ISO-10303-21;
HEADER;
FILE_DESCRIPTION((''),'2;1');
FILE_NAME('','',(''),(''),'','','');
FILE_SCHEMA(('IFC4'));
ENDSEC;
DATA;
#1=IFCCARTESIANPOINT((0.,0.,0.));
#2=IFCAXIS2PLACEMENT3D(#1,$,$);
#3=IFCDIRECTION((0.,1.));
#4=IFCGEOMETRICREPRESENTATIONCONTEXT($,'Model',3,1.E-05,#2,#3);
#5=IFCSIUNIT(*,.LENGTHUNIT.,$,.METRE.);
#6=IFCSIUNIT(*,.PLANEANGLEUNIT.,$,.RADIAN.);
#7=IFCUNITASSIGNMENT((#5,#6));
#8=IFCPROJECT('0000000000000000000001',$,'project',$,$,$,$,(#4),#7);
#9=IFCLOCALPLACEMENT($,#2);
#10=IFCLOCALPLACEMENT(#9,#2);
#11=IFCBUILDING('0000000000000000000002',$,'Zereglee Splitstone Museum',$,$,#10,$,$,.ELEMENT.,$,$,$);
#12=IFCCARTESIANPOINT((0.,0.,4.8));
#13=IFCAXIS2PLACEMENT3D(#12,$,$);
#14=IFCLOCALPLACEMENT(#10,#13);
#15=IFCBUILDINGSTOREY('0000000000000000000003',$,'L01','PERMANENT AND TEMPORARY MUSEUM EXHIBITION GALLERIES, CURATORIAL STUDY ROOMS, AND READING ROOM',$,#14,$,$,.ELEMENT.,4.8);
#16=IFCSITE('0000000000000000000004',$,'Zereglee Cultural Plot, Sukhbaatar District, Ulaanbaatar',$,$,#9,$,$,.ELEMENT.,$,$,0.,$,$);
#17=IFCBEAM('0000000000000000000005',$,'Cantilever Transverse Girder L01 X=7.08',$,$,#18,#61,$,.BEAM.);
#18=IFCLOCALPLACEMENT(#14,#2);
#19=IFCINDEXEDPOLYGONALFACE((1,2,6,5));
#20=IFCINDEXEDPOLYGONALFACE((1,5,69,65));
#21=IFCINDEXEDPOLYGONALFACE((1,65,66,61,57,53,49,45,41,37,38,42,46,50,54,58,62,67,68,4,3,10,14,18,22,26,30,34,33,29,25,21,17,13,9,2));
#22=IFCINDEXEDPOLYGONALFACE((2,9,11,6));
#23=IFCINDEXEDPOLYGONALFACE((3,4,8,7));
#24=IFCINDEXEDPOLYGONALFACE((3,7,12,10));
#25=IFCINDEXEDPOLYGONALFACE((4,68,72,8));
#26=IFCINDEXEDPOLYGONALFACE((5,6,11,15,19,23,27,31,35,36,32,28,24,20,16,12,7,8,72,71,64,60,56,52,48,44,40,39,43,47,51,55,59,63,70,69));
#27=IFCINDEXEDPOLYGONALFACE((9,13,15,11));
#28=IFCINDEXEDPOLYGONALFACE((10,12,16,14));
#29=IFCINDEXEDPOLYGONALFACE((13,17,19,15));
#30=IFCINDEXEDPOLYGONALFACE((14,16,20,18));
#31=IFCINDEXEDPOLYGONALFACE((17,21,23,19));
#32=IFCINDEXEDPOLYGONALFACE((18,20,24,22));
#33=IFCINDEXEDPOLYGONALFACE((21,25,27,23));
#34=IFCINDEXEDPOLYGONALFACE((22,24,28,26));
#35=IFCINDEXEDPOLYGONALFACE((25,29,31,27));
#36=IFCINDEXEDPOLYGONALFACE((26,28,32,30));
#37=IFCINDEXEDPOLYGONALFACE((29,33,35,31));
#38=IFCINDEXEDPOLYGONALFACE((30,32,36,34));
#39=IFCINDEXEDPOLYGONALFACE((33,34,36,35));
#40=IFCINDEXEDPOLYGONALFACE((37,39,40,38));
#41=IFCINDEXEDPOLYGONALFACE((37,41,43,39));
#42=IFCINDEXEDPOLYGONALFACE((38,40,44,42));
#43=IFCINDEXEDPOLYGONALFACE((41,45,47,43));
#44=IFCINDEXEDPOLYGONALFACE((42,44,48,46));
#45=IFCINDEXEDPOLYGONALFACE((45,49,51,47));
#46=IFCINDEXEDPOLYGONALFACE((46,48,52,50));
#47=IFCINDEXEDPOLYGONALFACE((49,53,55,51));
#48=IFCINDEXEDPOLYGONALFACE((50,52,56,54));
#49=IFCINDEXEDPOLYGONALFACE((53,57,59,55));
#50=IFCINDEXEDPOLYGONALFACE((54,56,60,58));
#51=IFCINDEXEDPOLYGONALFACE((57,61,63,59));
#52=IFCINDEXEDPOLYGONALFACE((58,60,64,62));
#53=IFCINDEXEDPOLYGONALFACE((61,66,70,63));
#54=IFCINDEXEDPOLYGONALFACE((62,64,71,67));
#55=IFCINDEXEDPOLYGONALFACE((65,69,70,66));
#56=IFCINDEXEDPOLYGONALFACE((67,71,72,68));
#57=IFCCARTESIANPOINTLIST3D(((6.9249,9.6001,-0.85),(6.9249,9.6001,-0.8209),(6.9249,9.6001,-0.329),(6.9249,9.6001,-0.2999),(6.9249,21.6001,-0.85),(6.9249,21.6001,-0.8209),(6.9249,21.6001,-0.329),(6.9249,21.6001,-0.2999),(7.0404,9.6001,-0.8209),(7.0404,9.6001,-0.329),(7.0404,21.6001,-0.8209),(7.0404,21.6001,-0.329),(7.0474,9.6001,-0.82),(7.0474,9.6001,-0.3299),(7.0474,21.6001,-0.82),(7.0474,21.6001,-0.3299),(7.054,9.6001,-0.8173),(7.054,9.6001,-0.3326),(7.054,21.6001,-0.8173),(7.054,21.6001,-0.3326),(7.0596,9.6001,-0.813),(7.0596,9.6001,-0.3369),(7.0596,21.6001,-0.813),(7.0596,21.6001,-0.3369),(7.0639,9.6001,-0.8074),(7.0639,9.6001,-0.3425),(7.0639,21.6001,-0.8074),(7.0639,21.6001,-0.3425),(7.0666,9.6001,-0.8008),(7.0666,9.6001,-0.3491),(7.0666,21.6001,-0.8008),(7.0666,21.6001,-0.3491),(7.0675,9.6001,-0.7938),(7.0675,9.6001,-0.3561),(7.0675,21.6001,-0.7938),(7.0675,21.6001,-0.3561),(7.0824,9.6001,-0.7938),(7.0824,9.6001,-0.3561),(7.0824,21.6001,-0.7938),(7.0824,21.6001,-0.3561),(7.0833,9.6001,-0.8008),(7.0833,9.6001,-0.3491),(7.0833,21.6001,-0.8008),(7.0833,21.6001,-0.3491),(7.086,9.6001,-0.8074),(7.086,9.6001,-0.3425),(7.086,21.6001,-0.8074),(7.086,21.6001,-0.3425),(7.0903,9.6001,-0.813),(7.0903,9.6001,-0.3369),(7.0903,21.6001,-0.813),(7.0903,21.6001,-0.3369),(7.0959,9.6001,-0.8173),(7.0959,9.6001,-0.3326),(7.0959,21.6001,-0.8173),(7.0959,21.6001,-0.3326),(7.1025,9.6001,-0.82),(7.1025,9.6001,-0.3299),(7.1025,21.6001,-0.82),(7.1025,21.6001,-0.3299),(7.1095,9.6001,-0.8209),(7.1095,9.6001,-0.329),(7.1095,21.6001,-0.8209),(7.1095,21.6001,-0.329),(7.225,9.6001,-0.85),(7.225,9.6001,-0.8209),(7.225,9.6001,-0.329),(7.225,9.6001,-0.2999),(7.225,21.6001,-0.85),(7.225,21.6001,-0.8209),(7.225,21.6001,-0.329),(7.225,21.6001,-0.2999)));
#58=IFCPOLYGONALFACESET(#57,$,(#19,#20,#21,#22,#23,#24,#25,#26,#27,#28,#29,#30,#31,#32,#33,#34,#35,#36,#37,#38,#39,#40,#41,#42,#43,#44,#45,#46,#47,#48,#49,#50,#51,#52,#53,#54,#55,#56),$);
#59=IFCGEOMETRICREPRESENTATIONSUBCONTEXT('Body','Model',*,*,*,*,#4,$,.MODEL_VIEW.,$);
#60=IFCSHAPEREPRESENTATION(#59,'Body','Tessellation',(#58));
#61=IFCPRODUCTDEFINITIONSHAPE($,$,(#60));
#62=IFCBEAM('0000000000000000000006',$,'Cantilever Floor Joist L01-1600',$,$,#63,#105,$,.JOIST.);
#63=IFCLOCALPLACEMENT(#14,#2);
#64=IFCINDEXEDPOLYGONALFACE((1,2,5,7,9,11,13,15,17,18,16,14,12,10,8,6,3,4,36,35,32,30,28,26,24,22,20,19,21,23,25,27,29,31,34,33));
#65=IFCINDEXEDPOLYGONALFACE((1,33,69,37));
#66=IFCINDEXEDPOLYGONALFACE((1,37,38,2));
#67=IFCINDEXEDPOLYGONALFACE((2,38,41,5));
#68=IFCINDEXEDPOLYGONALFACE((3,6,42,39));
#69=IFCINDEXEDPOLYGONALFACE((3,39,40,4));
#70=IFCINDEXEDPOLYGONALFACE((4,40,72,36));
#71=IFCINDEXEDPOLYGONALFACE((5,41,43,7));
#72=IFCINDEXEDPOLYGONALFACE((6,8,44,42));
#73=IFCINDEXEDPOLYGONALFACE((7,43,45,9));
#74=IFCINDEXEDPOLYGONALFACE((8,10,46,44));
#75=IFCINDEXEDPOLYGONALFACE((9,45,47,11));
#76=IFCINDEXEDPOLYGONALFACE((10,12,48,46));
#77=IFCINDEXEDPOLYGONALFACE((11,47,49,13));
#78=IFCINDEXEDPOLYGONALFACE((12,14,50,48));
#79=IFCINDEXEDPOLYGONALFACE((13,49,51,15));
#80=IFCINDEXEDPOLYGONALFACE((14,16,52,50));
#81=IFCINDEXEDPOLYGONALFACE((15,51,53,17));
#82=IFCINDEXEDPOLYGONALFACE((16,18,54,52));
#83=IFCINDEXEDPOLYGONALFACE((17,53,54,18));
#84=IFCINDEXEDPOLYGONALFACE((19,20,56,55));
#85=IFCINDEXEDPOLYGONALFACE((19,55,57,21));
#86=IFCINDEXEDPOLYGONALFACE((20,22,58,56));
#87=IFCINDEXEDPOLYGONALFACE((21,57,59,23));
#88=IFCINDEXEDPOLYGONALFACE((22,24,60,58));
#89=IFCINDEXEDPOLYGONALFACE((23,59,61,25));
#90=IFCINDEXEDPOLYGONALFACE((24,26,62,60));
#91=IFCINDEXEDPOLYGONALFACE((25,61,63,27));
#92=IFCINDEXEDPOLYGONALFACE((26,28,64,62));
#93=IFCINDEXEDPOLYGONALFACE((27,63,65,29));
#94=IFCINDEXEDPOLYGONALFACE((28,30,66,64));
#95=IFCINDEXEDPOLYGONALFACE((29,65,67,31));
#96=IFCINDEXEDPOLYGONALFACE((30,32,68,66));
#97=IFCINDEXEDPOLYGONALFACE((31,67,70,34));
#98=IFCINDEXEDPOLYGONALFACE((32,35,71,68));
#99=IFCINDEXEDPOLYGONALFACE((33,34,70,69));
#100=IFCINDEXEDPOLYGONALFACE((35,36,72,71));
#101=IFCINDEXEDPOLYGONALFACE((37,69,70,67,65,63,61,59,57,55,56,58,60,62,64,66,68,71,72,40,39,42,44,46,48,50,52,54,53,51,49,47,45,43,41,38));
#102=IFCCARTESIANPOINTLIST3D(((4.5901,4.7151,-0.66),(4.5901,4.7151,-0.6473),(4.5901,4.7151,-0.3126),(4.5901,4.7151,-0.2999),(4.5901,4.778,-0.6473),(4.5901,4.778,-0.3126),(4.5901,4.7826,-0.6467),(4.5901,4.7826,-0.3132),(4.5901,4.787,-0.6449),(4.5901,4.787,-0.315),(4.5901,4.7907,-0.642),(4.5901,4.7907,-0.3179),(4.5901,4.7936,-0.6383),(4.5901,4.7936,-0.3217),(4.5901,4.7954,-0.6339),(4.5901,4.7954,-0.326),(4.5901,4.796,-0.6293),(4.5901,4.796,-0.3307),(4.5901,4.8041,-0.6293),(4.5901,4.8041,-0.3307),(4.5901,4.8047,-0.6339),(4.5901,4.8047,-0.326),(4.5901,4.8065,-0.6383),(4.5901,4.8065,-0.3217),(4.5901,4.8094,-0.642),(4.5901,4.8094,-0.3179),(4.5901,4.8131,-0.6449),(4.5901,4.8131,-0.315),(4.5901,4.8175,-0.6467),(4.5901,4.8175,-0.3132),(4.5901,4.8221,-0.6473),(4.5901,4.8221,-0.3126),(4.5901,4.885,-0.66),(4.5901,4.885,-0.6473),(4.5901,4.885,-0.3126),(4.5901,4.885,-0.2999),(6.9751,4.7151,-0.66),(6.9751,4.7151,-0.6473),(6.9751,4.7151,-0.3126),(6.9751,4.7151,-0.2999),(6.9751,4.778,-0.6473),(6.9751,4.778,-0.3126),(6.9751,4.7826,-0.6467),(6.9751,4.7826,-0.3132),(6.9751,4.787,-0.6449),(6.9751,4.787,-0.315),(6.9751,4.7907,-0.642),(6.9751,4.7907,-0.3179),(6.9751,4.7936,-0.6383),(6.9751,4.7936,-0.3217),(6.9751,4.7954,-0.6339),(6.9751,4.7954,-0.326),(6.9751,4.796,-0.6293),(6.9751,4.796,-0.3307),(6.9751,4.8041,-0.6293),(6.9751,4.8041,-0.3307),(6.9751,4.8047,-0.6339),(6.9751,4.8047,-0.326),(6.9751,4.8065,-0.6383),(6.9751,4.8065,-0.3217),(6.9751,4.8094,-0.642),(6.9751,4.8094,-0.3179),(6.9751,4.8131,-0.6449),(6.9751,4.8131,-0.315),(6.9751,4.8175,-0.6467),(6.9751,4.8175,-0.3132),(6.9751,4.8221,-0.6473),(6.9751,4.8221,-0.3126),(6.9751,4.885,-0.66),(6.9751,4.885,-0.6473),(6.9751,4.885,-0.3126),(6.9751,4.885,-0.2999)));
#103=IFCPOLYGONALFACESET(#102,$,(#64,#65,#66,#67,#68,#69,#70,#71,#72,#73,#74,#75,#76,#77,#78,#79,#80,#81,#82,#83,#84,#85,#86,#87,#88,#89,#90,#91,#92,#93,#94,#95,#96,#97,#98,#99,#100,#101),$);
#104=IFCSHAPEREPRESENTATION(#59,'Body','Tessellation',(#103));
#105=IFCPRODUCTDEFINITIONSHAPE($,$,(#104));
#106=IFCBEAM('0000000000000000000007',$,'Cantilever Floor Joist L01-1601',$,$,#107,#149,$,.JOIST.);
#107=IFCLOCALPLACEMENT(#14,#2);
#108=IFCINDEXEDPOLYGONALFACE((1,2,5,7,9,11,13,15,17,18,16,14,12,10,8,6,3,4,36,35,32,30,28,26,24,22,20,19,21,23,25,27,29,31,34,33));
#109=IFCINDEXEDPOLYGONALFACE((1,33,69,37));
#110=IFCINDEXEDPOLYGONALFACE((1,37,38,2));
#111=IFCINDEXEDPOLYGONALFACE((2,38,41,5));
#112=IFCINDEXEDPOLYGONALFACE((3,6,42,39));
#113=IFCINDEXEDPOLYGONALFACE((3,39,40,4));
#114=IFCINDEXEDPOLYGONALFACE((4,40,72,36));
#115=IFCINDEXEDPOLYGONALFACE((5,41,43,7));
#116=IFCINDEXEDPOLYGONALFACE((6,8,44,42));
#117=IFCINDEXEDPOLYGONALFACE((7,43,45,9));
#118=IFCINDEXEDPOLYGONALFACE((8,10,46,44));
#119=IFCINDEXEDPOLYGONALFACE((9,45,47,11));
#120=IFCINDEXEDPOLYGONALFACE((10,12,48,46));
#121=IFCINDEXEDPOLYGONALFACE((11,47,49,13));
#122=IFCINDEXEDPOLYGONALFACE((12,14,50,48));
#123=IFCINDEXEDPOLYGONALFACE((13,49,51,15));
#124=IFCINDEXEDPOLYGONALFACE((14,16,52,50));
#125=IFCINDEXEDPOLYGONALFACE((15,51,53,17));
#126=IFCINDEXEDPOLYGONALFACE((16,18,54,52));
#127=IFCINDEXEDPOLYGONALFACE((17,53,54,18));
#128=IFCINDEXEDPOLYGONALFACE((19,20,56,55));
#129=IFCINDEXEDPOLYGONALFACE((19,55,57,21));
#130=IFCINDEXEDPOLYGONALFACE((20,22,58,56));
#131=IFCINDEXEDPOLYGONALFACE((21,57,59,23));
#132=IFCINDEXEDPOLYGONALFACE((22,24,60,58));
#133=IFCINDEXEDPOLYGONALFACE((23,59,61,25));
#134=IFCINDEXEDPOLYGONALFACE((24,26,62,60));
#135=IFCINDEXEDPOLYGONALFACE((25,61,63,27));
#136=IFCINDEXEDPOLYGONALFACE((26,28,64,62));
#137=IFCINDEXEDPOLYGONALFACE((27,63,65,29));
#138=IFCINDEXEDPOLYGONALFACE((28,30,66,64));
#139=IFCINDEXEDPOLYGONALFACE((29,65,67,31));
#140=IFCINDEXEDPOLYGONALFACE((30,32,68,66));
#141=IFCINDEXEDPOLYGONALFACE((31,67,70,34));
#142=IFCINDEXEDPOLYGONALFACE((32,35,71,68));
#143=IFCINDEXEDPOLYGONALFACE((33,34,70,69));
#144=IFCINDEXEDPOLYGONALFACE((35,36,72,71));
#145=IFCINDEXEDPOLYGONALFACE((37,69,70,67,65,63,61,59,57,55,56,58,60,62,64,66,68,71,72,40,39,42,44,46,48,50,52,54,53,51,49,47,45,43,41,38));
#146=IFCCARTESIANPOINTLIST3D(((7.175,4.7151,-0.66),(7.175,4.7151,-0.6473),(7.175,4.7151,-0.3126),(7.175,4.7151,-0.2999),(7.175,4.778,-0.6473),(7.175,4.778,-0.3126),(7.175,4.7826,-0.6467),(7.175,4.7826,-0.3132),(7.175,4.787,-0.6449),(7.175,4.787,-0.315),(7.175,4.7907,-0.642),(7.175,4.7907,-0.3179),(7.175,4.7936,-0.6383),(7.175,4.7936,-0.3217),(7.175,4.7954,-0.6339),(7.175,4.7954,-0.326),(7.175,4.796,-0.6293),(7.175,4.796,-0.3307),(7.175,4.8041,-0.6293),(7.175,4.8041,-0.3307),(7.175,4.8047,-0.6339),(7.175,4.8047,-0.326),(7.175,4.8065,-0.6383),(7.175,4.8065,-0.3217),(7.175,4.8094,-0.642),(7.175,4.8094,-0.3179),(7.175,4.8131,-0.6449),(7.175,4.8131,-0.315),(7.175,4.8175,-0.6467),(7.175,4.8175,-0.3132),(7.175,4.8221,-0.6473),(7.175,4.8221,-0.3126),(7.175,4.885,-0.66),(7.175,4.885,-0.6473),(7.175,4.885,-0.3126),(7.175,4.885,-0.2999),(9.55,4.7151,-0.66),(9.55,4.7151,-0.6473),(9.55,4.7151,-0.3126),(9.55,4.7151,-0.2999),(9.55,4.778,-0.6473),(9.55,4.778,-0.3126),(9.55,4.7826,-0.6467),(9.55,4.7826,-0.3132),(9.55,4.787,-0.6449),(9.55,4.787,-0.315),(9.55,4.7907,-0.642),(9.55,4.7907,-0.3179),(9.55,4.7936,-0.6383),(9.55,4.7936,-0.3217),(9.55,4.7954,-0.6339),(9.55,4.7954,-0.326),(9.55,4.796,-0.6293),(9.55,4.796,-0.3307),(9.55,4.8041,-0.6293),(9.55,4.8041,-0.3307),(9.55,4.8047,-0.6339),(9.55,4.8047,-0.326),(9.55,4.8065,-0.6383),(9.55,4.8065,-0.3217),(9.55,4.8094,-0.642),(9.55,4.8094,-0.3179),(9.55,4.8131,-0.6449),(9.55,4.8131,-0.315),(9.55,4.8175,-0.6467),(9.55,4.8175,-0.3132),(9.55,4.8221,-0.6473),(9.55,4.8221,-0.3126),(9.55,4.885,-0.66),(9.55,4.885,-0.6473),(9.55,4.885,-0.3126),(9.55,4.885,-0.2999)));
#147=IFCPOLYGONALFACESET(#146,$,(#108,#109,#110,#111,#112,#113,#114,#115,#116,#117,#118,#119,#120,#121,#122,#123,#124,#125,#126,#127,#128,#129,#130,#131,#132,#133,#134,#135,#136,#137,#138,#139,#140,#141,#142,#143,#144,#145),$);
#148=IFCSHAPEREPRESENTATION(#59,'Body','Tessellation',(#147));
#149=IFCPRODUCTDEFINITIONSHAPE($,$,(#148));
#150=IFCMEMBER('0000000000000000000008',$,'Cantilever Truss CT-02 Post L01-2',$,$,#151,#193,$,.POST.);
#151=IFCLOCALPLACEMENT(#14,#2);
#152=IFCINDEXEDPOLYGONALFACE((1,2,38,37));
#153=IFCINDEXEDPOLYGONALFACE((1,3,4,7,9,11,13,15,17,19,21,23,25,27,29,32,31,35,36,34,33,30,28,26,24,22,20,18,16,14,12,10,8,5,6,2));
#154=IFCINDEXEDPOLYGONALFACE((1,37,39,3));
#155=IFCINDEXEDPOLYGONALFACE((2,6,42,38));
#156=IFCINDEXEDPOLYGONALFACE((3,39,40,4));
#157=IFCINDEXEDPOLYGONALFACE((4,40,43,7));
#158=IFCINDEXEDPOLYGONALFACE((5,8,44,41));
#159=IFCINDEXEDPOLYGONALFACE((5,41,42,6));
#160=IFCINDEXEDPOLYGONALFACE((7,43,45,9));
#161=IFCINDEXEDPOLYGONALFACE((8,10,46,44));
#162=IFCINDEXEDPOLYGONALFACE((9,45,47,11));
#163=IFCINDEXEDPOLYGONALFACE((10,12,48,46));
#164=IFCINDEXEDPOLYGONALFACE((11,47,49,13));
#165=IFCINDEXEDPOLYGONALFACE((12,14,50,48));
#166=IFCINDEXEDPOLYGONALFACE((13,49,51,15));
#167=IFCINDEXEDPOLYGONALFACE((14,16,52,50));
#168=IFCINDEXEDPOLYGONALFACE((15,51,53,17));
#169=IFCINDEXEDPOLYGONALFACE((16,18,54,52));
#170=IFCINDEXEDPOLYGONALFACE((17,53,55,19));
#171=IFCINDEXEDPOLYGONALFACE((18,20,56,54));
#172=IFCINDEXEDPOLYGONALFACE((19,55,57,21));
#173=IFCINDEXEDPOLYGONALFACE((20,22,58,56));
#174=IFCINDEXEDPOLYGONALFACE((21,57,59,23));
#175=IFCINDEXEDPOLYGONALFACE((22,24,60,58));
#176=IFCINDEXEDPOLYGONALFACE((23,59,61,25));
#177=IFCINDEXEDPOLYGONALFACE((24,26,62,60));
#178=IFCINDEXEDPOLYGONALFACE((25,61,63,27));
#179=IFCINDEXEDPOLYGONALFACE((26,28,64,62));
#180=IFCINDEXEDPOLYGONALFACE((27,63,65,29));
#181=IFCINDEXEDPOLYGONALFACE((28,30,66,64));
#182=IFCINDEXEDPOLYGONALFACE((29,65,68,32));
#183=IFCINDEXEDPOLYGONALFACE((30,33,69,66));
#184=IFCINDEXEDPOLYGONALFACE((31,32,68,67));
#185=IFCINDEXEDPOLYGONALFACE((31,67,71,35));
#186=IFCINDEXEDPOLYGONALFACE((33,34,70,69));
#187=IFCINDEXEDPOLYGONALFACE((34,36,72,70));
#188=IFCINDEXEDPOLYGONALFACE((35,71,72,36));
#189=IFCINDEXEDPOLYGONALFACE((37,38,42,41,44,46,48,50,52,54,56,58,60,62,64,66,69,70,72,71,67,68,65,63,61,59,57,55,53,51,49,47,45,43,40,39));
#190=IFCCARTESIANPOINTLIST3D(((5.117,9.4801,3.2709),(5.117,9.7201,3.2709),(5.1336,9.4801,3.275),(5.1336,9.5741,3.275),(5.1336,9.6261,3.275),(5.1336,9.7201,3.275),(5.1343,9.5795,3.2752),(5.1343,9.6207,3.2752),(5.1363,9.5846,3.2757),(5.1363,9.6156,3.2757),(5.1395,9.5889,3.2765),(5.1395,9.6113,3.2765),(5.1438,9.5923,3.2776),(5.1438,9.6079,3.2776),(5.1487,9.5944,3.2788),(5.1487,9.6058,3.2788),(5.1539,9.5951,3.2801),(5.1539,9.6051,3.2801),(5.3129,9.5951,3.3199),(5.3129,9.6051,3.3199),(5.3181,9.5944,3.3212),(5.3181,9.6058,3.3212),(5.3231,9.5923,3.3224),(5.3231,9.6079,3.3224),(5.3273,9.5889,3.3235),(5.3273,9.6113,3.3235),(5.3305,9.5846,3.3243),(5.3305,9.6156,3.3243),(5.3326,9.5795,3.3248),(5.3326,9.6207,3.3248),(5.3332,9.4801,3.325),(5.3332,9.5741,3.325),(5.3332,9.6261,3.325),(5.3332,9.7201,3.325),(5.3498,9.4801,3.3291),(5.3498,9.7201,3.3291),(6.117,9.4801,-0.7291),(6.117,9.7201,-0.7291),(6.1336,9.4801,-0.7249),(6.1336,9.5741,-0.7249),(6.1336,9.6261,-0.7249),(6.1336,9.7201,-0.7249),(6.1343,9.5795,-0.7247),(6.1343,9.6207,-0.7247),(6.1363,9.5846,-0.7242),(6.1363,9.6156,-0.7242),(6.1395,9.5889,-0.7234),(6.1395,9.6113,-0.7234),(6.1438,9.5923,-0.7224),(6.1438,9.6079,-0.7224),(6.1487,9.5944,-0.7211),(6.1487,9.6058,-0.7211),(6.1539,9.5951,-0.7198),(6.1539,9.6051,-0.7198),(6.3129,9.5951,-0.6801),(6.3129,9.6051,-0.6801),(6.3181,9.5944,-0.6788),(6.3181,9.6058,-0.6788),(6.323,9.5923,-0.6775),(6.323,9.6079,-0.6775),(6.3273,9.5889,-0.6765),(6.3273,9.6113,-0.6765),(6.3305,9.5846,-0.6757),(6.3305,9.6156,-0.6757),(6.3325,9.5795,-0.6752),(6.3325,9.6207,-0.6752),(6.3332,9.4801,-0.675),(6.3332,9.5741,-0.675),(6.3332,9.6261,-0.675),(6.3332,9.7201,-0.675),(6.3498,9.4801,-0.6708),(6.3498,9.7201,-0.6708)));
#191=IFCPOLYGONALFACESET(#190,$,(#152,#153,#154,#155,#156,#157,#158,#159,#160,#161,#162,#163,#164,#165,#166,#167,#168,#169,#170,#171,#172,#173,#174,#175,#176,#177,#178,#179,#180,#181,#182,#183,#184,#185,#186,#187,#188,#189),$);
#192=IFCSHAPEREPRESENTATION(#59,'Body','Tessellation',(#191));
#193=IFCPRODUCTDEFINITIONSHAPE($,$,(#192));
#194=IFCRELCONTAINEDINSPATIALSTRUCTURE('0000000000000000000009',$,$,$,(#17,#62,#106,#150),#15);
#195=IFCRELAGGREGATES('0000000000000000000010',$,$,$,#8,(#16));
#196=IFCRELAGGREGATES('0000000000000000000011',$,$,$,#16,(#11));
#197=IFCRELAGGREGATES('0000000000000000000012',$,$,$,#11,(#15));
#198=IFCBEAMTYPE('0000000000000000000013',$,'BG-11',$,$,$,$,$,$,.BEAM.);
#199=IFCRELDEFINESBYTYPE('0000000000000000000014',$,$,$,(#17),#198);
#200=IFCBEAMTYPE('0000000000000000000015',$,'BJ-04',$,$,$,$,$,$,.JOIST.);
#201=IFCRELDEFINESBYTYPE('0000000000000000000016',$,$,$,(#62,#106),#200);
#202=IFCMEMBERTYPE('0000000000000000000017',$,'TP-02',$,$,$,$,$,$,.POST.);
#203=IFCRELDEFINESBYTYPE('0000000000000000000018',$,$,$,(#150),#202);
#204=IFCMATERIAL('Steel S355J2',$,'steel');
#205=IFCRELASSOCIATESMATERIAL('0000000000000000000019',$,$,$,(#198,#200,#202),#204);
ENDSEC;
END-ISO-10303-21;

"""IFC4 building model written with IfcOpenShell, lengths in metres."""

from ifc_helpers import new_model, si_unit, direction, frame, origin, origin_2d, place, context, subcontext, project, spatial, i_section, extrude, material, material_profile, profile_set, type_object, element, save


model = new_model("IFC4")

# Units and contexts
model_context = context("Model", 3, precision=1e-05, world=origin(), true_north=direction((0.0, 1.0)))
body_context = subcontext(model_context, "Body", "Model", "MODEL_VIEW")
ifc_project = project(units=[si_unit("LENGTHUNIT", "METRE"), si_unit("PLANEANGLEUNIT", "RADIAN")], contexts=[model_context])

# Site, building, storey
site_placement = place(None, origin())
site = spatial("IfcSite", under=ifc_project, at=site_placement, Name="Zereglee Cultural Plot, Sukhbaatar District, Ulaanbaatar", CompositionType="ELEMENT", RefElevation=0.0)
building_placement = place(site_placement, origin())
building = spatial("IfcBuilding", under=site, at=building_placement, Name="Zereglee Splitstone Museum", CompositionType="ELEMENT")
storey_placement = place(building_placement, frame((0.0, 0.0, 4.8)))
storey = spatial("IfcBuildingStorey", under=building, at=storey_placement, Name="L01", Description="PERMANENT AND TEMPORARY MUSEUM EXHIBITION GALLERIES, CURATORIAL STUDY ROOMS, AND READING ROOM", CompositionType="ELEMENT", Elevation=4.8)

# Beams
ifc_material_1 = material(Name="Steel S355J2", Category="steel")
ifc_material_profile_1 = material_profile(ifc_material_1, i_section(OverallWidth=0.3, OverallDepth=0.55, WebThickness=0.0149, FlangeThickness=0.0291, FilletRadius=0.0271, at=origin_2d()), Name="HE 550 B")
ifc_profile_set_1 = profile_set([ifc_material_profile_1], Name="Steel S355J2")
beam_type_1 = type_object("IfcBeamType", Name="BG-11", PredefinedType="BEAM", material=ifc_profile_set_1)
beam_1_placement = place(storey_placement, frame((7.075, 9.6001, -0.575), z_axis=(0.0, 1.0, 0.0), x_axis=(-1.0, 0.0, 0.0)))
element("IfcBeam", 1, at=beam_1_placement, inside=storey, type_object=beam_type_1, Name="Cantilever Transverse Girder L01 X=7.08", PredefinedType="BEAM", context=body_context, shape_type="SweptSolid", body=[
    extrude(i_section(OverallWidth=0.3, OverallDepth=0.55, WebThickness=0.0149, FlangeThickness=0.0291, FilletRadius=0.0271, at=origin_2d()), origin(), (0.0, 0.0, 1.0), 12.0),
])
ifc_material_profile_2 = material_profile(ifc_material_1, i_section(OverallWidth=0.1699, OverallDepth=0.3601, WebThickness=0.0081, FlangeThickness=0.0127, FilletRadius=0.0181, at=origin_2d()), Name="IPE 360")
ifc_profile_set_2 = profile_set([ifc_material_profile_2], Name="Steel S355J2")
beam_type_2 = type_object("IfcBeamType", Name="BJ-04", PredefinedType="JOIST", material=ifc_profile_set_2)
beam_2_placement = place(storey_placement, frame((4.5901, 4.8, -0.48), z_axis=(1.0, 0.0, 0.0), x_axis=(0.0, 1.0, 0.0)))
element("IfcBeam", 2, at=beam_2_placement, inside=storey, type_object=beam_type_2, Name="Cantilever Floor Joist L01-1600", PredefinedType="JOIST", context=body_context, shape_type="SweptSolid", body=[
    extrude(i_section(OverallWidth=0.1699, OverallDepth=0.3601, WebThickness=0.0081, FlangeThickness=0.0127, FilletRadius=0.0181, at=origin_2d()), origin(), (0.0, 0.0, 1.0), 2.385),
])
beam_3_placement = place(storey_placement, frame((7.175, 4.8, -0.48), z_axis=(1.0, 0.0, 0.0), x_axis=(0.0, 1.0, 0.0)))
element("IfcBeam", 3, at=beam_3_placement, inside=storey, type_object=beam_type_2, Name="Cantilever Floor Joist L01-1601", PredefinedType="JOIST", context=body_context, shape_type="SweptSolid", body=[
    extrude(i_section(OverallWidth=0.1699, OverallDepth=0.3601, WebThickness=0.0081, FlangeThickness=0.0127, FilletRadius=0.0181, at=origin_2d()), origin(), (0.0, 0.0, 1.0), 2.375),
])

# Member
ifc_material_profile_3 = material_profile(ifc_material_1, i_section(OverallWidth=0.24, OverallDepth=0.24, WebThickness=0.01, FlangeThickness=0.0171, FilletRadius=0.021, at=origin_2d()), Name="HE 240 B")
ifc_profile_set_3 = profile_set([ifc_material_profile_3], Name="Steel S355J2")
member_type_1 = type_object("IfcMemberType", Name="TP-02", PredefinedType="POST", material=ifc_profile_set_3)
member_1_placement = place(storey_placement, frame((6.2334, 9.6001, -0.7), z_axis=(-0.242536, 0.0, 0.970143), x_axis=(0.0, -1.0, 0.0)))
element("IfcMember", 4, at=member_1_placement, inside=storey, type_object=member_type_1, Name="Cantilever Truss CT-02 Post L01-2", PredefinedType="POST", context=body_context, shape_type="SweptSolid", body=[
    extrude(i_section(OverallWidth=0.24, OverallDepth=0.24, WebThickness=0.01, FlangeThickness=0.0171, FilletRadius=0.021, at=origin_2d()), origin(), (0.0, 0.0, 1.0), 4.123),
])

save(model, "model.ifc")
